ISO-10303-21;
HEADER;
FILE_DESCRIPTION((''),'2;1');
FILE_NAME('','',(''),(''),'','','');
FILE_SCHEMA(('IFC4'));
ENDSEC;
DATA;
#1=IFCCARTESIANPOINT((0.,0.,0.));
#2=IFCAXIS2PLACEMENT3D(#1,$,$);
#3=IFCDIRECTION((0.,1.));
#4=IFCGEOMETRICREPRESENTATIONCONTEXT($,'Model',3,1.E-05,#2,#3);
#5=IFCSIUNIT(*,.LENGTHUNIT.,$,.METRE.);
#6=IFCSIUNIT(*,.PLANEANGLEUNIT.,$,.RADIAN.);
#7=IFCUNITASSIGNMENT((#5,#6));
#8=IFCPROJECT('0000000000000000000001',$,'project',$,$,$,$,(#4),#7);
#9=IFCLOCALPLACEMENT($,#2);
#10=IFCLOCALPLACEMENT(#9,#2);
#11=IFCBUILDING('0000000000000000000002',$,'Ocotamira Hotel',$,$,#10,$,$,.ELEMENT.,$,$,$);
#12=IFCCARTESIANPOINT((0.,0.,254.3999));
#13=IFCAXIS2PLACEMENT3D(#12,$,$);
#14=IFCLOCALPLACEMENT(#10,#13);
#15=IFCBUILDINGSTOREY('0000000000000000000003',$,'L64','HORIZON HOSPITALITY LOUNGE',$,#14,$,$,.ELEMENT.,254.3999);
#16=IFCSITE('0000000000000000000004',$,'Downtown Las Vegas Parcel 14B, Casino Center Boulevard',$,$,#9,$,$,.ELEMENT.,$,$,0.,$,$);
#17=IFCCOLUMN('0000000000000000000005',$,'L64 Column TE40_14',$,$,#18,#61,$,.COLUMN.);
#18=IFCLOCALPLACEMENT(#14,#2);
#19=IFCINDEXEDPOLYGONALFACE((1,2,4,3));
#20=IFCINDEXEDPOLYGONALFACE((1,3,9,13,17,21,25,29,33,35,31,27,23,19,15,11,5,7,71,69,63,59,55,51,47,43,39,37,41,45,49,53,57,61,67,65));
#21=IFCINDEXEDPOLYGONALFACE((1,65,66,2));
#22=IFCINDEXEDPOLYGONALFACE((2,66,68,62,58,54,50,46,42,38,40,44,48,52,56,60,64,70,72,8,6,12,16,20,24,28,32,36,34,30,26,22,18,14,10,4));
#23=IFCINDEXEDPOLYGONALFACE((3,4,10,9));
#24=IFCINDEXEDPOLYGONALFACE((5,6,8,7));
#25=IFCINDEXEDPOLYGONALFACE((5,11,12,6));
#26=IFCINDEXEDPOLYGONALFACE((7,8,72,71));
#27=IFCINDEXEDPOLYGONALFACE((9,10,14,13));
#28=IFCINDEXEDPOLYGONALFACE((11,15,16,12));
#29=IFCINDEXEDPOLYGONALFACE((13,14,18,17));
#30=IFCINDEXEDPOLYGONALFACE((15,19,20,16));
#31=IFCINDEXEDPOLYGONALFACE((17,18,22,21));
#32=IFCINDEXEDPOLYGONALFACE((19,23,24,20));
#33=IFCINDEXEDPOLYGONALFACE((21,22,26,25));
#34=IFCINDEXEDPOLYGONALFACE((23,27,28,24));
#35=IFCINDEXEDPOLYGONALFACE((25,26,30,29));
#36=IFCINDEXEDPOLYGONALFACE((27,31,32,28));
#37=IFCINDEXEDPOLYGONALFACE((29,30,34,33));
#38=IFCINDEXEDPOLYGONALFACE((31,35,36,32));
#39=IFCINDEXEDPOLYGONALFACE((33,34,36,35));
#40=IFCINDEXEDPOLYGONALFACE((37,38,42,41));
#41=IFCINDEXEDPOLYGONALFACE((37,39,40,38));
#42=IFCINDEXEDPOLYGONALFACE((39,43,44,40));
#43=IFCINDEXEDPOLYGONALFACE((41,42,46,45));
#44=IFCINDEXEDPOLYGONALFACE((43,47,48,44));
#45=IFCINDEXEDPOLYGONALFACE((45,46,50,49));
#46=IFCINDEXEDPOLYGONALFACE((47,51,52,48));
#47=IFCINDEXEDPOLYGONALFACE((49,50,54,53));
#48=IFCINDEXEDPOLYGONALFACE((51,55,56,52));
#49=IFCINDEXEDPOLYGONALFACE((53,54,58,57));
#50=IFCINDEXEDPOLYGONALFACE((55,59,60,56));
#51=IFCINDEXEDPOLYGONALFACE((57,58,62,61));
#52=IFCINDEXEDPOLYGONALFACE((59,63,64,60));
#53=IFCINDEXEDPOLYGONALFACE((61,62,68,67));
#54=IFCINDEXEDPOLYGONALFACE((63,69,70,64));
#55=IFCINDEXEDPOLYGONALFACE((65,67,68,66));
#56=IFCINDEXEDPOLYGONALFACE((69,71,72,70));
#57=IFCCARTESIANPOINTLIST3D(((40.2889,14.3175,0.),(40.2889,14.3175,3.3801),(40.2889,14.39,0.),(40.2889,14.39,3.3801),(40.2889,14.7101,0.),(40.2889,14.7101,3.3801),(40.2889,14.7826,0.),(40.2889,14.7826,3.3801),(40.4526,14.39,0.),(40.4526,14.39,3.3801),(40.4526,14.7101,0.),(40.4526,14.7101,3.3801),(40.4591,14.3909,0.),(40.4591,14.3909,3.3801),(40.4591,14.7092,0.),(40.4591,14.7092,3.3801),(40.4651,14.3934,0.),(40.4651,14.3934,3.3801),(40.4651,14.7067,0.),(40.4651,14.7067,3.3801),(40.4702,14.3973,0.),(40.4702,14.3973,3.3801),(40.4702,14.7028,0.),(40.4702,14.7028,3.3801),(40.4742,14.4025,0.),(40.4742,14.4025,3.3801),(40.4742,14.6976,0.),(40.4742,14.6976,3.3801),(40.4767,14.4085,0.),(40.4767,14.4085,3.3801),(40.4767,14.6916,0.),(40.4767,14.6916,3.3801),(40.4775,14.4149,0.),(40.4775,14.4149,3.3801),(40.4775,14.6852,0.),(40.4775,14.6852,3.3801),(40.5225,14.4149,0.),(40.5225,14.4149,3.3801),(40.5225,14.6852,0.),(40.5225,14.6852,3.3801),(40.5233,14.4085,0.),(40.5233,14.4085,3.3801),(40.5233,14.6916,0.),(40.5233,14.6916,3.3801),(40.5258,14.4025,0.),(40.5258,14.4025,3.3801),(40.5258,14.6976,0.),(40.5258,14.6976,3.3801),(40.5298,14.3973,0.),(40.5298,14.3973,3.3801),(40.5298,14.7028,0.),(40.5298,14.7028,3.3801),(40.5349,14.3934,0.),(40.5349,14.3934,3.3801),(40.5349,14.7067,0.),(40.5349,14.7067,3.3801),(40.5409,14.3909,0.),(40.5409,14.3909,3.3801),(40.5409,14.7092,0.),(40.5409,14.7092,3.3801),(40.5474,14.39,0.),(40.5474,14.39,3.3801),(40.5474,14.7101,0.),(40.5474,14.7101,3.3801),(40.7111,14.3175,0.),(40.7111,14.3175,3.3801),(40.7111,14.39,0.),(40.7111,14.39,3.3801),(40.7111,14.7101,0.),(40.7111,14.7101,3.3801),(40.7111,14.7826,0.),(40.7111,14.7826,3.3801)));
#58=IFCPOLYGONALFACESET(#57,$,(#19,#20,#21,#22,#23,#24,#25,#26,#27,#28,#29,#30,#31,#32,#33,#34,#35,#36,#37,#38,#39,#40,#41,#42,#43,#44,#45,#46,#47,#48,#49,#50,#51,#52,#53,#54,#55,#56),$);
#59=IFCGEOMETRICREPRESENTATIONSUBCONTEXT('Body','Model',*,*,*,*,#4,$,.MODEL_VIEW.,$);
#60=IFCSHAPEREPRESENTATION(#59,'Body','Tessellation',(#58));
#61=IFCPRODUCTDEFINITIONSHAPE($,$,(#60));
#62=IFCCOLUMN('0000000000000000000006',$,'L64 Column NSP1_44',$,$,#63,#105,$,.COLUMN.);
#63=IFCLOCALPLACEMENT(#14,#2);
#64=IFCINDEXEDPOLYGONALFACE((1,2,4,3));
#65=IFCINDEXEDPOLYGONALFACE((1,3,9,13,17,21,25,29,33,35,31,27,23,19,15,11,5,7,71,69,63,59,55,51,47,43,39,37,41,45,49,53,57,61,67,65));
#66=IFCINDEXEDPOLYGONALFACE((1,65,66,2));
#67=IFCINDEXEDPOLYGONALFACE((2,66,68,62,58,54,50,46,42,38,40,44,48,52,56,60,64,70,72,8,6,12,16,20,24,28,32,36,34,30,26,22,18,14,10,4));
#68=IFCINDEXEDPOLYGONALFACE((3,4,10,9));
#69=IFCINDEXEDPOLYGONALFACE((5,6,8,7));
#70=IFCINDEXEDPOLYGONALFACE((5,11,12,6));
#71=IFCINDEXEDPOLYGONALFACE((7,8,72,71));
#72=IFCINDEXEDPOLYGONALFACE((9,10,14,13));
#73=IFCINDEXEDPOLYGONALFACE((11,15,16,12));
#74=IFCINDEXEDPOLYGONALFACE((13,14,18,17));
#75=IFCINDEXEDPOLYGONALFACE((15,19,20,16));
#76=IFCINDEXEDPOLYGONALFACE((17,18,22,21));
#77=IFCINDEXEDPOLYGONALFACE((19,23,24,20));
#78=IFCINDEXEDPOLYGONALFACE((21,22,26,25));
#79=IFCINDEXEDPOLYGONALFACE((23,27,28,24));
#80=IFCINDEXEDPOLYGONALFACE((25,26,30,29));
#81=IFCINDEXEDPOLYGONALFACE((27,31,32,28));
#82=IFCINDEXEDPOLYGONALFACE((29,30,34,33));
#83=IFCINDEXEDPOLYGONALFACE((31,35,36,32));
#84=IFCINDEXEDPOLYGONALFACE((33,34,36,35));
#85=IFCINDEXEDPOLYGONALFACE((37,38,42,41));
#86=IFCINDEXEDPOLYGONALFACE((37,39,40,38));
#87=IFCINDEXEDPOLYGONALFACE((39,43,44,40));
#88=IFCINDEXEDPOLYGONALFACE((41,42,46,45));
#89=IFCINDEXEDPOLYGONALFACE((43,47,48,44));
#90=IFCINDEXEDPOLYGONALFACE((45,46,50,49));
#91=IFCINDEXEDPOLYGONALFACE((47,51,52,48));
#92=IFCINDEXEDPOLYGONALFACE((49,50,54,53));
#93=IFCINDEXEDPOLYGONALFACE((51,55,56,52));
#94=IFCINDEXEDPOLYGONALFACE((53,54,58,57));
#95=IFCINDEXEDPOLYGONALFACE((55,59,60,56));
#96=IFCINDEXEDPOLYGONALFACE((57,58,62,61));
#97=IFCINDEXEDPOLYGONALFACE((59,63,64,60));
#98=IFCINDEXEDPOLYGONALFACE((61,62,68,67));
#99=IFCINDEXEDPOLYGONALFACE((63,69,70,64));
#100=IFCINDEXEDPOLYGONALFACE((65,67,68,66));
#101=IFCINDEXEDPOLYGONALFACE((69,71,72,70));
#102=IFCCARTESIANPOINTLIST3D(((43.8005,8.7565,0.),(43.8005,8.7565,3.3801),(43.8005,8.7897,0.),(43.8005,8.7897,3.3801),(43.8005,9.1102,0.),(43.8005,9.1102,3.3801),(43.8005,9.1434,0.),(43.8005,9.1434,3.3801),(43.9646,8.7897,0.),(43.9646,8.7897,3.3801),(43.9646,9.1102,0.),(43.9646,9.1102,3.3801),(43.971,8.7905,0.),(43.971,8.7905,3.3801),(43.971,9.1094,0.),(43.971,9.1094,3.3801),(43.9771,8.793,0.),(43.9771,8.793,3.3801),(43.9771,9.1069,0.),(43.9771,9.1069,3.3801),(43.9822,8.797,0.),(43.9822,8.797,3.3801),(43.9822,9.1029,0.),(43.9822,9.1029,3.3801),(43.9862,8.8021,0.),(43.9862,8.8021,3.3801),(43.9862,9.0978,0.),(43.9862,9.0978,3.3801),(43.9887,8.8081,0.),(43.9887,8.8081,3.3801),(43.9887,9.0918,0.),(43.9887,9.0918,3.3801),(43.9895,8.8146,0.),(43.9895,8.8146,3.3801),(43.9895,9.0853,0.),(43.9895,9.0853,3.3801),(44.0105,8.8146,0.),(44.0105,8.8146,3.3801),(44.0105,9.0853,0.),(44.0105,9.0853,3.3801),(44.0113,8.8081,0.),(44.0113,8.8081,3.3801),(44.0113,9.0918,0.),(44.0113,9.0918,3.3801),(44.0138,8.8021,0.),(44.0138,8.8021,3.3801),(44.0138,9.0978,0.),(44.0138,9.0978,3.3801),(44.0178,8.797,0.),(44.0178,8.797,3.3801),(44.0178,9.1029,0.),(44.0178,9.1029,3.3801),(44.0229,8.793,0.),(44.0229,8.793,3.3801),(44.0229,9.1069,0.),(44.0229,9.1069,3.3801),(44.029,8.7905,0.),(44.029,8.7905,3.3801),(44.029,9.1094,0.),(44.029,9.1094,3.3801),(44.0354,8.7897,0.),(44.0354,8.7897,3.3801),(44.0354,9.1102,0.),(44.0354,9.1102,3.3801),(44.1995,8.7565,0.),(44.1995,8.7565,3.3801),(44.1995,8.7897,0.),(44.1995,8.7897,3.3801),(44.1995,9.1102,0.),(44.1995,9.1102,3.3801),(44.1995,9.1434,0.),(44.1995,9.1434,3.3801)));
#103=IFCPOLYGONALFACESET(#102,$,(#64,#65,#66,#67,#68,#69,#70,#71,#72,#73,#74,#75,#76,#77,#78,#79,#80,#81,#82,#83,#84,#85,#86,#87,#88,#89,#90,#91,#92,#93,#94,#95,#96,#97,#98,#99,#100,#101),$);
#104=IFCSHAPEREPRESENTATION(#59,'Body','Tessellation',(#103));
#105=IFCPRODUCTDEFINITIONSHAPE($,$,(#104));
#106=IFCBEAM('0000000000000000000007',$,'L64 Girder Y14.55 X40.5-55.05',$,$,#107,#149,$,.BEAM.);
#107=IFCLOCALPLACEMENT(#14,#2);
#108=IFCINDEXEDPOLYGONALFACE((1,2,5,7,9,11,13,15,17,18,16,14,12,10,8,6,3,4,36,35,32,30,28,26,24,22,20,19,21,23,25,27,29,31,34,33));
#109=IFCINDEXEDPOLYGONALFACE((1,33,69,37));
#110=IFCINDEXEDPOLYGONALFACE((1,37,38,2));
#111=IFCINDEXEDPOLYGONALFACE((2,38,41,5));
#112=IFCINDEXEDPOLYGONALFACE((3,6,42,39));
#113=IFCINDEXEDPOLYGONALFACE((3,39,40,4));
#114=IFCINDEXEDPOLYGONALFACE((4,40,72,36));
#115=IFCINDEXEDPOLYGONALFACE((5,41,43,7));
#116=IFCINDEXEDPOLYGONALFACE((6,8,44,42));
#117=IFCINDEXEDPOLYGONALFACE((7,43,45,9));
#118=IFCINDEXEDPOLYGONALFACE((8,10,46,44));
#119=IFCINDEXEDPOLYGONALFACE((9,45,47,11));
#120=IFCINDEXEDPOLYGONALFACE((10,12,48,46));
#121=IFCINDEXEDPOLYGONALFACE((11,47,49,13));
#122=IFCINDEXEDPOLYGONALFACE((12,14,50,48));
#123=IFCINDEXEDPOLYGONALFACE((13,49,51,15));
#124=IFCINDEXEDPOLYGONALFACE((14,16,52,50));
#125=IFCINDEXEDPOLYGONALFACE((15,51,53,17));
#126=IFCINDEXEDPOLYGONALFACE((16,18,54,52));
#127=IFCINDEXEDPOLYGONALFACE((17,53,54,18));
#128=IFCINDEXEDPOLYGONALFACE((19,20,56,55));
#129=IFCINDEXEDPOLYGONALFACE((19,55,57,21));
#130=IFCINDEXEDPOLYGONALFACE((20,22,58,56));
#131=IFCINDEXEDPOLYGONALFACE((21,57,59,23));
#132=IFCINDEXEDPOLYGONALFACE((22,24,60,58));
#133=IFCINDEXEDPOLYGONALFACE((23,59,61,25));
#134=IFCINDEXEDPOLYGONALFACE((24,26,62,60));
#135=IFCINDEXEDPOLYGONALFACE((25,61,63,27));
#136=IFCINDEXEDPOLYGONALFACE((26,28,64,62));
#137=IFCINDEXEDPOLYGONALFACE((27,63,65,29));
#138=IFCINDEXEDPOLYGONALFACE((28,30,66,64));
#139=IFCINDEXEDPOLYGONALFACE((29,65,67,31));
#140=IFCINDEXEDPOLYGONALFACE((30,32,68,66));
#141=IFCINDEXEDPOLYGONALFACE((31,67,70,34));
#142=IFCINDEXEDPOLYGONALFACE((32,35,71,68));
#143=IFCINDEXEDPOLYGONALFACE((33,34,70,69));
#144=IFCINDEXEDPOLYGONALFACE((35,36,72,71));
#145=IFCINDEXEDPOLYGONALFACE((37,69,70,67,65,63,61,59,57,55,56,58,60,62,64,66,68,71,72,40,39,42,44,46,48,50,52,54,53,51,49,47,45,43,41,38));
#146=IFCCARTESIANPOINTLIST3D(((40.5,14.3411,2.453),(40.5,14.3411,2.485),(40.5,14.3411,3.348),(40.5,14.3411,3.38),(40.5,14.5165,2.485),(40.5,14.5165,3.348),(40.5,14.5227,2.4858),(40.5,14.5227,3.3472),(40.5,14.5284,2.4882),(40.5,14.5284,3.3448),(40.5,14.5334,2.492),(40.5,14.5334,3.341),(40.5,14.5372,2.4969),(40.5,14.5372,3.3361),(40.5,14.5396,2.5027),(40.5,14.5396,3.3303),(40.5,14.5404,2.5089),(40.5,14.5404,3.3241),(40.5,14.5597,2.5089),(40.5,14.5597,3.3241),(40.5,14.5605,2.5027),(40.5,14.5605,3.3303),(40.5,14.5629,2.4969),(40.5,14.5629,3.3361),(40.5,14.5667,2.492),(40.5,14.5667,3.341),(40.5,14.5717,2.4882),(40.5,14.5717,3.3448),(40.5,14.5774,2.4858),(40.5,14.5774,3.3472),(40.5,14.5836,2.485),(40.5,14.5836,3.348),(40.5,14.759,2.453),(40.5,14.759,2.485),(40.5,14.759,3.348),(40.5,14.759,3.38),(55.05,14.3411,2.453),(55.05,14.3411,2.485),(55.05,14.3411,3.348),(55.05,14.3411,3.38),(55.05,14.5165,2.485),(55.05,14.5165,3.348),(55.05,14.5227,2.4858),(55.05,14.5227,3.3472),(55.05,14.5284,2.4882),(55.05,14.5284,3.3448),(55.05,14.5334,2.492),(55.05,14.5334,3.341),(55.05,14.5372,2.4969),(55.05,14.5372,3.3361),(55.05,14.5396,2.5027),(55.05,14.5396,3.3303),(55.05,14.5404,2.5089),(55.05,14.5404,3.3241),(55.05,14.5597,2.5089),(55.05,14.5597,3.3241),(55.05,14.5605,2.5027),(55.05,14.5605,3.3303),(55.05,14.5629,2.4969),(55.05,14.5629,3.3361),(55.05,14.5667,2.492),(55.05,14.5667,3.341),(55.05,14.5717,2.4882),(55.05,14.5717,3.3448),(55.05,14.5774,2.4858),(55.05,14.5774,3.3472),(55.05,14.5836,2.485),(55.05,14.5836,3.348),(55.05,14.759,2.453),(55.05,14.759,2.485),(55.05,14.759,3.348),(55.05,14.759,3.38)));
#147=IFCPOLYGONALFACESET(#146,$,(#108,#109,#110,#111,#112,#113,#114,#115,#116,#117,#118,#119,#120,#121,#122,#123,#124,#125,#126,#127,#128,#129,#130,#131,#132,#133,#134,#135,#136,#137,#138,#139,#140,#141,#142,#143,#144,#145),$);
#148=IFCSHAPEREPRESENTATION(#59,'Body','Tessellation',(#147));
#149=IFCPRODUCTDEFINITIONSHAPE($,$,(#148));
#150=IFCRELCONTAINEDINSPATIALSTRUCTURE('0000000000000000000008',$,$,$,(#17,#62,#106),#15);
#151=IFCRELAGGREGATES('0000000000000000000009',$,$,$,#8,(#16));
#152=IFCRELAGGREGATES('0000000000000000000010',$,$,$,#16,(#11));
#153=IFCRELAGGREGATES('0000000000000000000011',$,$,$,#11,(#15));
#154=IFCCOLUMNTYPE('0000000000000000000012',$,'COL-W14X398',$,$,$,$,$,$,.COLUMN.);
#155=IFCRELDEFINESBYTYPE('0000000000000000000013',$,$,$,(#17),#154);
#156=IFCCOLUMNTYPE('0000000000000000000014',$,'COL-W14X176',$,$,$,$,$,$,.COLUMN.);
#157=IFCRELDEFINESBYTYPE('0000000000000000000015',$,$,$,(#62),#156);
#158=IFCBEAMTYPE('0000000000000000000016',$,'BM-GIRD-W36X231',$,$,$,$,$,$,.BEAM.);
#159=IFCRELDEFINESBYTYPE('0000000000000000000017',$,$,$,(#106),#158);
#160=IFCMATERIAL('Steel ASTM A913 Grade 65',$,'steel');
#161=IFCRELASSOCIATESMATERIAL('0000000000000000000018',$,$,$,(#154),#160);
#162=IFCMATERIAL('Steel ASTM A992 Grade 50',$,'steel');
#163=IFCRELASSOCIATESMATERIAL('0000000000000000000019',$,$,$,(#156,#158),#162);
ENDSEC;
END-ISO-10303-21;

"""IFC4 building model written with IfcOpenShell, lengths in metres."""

from ifc_helpers import new_model, si_unit, direction, frame, origin, origin_2d, place, context, subcontext, project, spatial, i_section, extrude, source, transform, mapped, material, material_profile, profile_set, type_object, element, save


model = new_model("IFC4")

# Units and contexts
model_context = context("Model", 3, precision=1e-05, world=origin(), true_north=direction((0.0, 1.0)))
body_context = subcontext(model_context, "Body", "Model", "MODEL_VIEW")
ifc_project = project(units=[si_unit("LENGTHUNIT", "METRE"), si_unit("PLANEANGLEUNIT", "RADIAN")], contexts=[model_context])

# Site, building, storey
site_placement = place(None, origin())
site = spatial("IfcSite", under=ifc_project, at=site_placement, Name="Downtown Las Vegas Parcel 14B, Casino Center Boulevard", CompositionType="ELEMENT", RefElevation=0.0)
building_placement = place(site_placement, origin())
building = spatial("IfcBuilding", under=site, at=building_placement, Name="Ocotamira Hotel", CompositionType="ELEMENT")
storey_placement = place(building_placement, frame((0.0, 0.0, 254.3999)))
storey = spatial("IfcBuildingStorey", under=building, at=storey_placement, Name="L64", Description="HORIZON HOSPITALITY LOUNGE", CompositionType="ELEMENT", Elevation=254.3999)

# Columns
ifc_material_1 = material(Name="Steel ASTM A913 Grade 65", Category="steel")
ifc_material_profile_1 = material_profile(ifc_material_1, i_section(OverallWidth=0.4221, OverallDepth=0.4651, WebThickness=0.0449, FlangeThickness=0.0725, FilletRadius=0.0249, at=origin_2d()), Name="W14X398")
ifc_profile_set_1 = profile_set([ifc_material_profile_1], Name="Steel ASTM A913 Grade 65")
column_type_1 = type_object("IfcColumnType", Name="COL-W14X398", PredefinedType="COLUMN", material=ifc_profile_set_1)
shared_shape_1 = source(origin(), body_context, "Body", "SweptSolid", [
    extrude(i_section(OverallWidth=0.4221, OverallDepth=0.4651, WebThickness=0.0449, FlangeThickness=0.0725, FilletRadius=0.0249, at=origin_2d()), origin(), (0.0, 0.0, 1.0), 3.3801),
])
column_1_placement = place(storey_placement, frame((40.5, 14.55, 0.0), z_axis=(0.0, 0.0, 1.0), x_axis=(1.0, 0.0, 0.0)))
element("IfcColumn", 1, at=column_1_placement, inside=storey, type_object=column_type_1, Name="L64 Column TE40_14", PredefinedType="COLUMN", context=body_context, shape_type="MappedRepresentation", body=[
    mapped(shared_shape_1, transform((0.0, 0.0, 0.0), scale=1.0)),
])
ifc_material_2 = material(Name="Steel ASTM A992 Grade 50", Category="steel")
ifc_material_profile_2 = material_profile(ifc_material_2, i_section(OverallWidth=0.3989, OverallDepth=0.387, WebThickness=0.021, FlangeThickness=0.0332, FilletRadius=0.0249, at=origin_2d()), Name="W14X176")
ifc_profile_set_2 = profile_set([ifc_material_profile_2], Name="Steel ASTM A992 Grade 50")
column_type_2 = type_object("IfcColumnType", Name="COL-W14X176", PredefinedType="COLUMN", material=ifc_profile_set_2)
shared_shape_2 = source(origin(), body_context, "Body", "SweptSolid", [
    extrude(i_section(OverallWidth=0.3989, OverallDepth=0.387, WebThickness=0.021, FlangeThickness=0.0332, FilletRadius=0.0249, at=origin_2d()), origin(), (0.0, 0.0, 1.0), 3.3801),
])
column_2_placement = place(storey_placement, frame((44.0, 8.95, 0.0), z_axis=(0.0, 0.0, 1.0), x_axis=(1.0, 0.0, 0.0)))
element("IfcColumn", 2, at=column_2_placement, inside=storey, type_object=column_type_2, Name="L64 Column NSP1_44", PredefinedType="COLUMN", context=body_context, shape_type="MappedRepresentation", body=[
    mapped(shared_shape_2, transform((0.0, 0.0, 0.0), scale=1.0)),
])

# Beam
ifc_material_profile_3 = material_profile(ifc_material_2, i_section(OverallWidth=0.418, OverallDepth=0.927, WebThickness=0.0193, FlangeThickness=0.032, FilletRadius=0.0239, at=origin_2d()), Name="W36X231")
ifc_profile_set_3 = profile_set([ifc_material_profile_3], Name="Steel ASTM A992 Grade 50")
beam_type_1 = type_object("IfcBeamType", Name="BM-GIRD-W36X231", PredefinedType="BEAM", material=ifc_profile_set_3)
shared_shape_3 = source(origin(), body_context, "Body", "SweptSolid", [
    extrude(i_section(OverallWidth=0.418, OverallDepth=0.927, WebThickness=0.0193, FlangeThickness=0.032, FilletRadius=0.0239, at=origin_2d()), origin(), (0.0, 0.0, 1.0), 14.55),
])
beam_1_placement = place(storey_placement, frame((40.5, 14.55, 2.9165), z_axis=(1.0, 0.0, 0.0), x_axis=(0.0, 1.0, 0.0)))
element("IfcBeam", 3, at=beam_1_placement, inside=storey, type_object=beam_type_1, Name="L64 Girder Y14.55 X40.5-55.05", PredefinedType="BEAM", context=body_context, shape_type="MappedRepresentation", body=[
    mapped(shared_shape_3, transform((0.0, 0.0, 0.0), scale=1.0)),
])

save(model, "model.ifc")
